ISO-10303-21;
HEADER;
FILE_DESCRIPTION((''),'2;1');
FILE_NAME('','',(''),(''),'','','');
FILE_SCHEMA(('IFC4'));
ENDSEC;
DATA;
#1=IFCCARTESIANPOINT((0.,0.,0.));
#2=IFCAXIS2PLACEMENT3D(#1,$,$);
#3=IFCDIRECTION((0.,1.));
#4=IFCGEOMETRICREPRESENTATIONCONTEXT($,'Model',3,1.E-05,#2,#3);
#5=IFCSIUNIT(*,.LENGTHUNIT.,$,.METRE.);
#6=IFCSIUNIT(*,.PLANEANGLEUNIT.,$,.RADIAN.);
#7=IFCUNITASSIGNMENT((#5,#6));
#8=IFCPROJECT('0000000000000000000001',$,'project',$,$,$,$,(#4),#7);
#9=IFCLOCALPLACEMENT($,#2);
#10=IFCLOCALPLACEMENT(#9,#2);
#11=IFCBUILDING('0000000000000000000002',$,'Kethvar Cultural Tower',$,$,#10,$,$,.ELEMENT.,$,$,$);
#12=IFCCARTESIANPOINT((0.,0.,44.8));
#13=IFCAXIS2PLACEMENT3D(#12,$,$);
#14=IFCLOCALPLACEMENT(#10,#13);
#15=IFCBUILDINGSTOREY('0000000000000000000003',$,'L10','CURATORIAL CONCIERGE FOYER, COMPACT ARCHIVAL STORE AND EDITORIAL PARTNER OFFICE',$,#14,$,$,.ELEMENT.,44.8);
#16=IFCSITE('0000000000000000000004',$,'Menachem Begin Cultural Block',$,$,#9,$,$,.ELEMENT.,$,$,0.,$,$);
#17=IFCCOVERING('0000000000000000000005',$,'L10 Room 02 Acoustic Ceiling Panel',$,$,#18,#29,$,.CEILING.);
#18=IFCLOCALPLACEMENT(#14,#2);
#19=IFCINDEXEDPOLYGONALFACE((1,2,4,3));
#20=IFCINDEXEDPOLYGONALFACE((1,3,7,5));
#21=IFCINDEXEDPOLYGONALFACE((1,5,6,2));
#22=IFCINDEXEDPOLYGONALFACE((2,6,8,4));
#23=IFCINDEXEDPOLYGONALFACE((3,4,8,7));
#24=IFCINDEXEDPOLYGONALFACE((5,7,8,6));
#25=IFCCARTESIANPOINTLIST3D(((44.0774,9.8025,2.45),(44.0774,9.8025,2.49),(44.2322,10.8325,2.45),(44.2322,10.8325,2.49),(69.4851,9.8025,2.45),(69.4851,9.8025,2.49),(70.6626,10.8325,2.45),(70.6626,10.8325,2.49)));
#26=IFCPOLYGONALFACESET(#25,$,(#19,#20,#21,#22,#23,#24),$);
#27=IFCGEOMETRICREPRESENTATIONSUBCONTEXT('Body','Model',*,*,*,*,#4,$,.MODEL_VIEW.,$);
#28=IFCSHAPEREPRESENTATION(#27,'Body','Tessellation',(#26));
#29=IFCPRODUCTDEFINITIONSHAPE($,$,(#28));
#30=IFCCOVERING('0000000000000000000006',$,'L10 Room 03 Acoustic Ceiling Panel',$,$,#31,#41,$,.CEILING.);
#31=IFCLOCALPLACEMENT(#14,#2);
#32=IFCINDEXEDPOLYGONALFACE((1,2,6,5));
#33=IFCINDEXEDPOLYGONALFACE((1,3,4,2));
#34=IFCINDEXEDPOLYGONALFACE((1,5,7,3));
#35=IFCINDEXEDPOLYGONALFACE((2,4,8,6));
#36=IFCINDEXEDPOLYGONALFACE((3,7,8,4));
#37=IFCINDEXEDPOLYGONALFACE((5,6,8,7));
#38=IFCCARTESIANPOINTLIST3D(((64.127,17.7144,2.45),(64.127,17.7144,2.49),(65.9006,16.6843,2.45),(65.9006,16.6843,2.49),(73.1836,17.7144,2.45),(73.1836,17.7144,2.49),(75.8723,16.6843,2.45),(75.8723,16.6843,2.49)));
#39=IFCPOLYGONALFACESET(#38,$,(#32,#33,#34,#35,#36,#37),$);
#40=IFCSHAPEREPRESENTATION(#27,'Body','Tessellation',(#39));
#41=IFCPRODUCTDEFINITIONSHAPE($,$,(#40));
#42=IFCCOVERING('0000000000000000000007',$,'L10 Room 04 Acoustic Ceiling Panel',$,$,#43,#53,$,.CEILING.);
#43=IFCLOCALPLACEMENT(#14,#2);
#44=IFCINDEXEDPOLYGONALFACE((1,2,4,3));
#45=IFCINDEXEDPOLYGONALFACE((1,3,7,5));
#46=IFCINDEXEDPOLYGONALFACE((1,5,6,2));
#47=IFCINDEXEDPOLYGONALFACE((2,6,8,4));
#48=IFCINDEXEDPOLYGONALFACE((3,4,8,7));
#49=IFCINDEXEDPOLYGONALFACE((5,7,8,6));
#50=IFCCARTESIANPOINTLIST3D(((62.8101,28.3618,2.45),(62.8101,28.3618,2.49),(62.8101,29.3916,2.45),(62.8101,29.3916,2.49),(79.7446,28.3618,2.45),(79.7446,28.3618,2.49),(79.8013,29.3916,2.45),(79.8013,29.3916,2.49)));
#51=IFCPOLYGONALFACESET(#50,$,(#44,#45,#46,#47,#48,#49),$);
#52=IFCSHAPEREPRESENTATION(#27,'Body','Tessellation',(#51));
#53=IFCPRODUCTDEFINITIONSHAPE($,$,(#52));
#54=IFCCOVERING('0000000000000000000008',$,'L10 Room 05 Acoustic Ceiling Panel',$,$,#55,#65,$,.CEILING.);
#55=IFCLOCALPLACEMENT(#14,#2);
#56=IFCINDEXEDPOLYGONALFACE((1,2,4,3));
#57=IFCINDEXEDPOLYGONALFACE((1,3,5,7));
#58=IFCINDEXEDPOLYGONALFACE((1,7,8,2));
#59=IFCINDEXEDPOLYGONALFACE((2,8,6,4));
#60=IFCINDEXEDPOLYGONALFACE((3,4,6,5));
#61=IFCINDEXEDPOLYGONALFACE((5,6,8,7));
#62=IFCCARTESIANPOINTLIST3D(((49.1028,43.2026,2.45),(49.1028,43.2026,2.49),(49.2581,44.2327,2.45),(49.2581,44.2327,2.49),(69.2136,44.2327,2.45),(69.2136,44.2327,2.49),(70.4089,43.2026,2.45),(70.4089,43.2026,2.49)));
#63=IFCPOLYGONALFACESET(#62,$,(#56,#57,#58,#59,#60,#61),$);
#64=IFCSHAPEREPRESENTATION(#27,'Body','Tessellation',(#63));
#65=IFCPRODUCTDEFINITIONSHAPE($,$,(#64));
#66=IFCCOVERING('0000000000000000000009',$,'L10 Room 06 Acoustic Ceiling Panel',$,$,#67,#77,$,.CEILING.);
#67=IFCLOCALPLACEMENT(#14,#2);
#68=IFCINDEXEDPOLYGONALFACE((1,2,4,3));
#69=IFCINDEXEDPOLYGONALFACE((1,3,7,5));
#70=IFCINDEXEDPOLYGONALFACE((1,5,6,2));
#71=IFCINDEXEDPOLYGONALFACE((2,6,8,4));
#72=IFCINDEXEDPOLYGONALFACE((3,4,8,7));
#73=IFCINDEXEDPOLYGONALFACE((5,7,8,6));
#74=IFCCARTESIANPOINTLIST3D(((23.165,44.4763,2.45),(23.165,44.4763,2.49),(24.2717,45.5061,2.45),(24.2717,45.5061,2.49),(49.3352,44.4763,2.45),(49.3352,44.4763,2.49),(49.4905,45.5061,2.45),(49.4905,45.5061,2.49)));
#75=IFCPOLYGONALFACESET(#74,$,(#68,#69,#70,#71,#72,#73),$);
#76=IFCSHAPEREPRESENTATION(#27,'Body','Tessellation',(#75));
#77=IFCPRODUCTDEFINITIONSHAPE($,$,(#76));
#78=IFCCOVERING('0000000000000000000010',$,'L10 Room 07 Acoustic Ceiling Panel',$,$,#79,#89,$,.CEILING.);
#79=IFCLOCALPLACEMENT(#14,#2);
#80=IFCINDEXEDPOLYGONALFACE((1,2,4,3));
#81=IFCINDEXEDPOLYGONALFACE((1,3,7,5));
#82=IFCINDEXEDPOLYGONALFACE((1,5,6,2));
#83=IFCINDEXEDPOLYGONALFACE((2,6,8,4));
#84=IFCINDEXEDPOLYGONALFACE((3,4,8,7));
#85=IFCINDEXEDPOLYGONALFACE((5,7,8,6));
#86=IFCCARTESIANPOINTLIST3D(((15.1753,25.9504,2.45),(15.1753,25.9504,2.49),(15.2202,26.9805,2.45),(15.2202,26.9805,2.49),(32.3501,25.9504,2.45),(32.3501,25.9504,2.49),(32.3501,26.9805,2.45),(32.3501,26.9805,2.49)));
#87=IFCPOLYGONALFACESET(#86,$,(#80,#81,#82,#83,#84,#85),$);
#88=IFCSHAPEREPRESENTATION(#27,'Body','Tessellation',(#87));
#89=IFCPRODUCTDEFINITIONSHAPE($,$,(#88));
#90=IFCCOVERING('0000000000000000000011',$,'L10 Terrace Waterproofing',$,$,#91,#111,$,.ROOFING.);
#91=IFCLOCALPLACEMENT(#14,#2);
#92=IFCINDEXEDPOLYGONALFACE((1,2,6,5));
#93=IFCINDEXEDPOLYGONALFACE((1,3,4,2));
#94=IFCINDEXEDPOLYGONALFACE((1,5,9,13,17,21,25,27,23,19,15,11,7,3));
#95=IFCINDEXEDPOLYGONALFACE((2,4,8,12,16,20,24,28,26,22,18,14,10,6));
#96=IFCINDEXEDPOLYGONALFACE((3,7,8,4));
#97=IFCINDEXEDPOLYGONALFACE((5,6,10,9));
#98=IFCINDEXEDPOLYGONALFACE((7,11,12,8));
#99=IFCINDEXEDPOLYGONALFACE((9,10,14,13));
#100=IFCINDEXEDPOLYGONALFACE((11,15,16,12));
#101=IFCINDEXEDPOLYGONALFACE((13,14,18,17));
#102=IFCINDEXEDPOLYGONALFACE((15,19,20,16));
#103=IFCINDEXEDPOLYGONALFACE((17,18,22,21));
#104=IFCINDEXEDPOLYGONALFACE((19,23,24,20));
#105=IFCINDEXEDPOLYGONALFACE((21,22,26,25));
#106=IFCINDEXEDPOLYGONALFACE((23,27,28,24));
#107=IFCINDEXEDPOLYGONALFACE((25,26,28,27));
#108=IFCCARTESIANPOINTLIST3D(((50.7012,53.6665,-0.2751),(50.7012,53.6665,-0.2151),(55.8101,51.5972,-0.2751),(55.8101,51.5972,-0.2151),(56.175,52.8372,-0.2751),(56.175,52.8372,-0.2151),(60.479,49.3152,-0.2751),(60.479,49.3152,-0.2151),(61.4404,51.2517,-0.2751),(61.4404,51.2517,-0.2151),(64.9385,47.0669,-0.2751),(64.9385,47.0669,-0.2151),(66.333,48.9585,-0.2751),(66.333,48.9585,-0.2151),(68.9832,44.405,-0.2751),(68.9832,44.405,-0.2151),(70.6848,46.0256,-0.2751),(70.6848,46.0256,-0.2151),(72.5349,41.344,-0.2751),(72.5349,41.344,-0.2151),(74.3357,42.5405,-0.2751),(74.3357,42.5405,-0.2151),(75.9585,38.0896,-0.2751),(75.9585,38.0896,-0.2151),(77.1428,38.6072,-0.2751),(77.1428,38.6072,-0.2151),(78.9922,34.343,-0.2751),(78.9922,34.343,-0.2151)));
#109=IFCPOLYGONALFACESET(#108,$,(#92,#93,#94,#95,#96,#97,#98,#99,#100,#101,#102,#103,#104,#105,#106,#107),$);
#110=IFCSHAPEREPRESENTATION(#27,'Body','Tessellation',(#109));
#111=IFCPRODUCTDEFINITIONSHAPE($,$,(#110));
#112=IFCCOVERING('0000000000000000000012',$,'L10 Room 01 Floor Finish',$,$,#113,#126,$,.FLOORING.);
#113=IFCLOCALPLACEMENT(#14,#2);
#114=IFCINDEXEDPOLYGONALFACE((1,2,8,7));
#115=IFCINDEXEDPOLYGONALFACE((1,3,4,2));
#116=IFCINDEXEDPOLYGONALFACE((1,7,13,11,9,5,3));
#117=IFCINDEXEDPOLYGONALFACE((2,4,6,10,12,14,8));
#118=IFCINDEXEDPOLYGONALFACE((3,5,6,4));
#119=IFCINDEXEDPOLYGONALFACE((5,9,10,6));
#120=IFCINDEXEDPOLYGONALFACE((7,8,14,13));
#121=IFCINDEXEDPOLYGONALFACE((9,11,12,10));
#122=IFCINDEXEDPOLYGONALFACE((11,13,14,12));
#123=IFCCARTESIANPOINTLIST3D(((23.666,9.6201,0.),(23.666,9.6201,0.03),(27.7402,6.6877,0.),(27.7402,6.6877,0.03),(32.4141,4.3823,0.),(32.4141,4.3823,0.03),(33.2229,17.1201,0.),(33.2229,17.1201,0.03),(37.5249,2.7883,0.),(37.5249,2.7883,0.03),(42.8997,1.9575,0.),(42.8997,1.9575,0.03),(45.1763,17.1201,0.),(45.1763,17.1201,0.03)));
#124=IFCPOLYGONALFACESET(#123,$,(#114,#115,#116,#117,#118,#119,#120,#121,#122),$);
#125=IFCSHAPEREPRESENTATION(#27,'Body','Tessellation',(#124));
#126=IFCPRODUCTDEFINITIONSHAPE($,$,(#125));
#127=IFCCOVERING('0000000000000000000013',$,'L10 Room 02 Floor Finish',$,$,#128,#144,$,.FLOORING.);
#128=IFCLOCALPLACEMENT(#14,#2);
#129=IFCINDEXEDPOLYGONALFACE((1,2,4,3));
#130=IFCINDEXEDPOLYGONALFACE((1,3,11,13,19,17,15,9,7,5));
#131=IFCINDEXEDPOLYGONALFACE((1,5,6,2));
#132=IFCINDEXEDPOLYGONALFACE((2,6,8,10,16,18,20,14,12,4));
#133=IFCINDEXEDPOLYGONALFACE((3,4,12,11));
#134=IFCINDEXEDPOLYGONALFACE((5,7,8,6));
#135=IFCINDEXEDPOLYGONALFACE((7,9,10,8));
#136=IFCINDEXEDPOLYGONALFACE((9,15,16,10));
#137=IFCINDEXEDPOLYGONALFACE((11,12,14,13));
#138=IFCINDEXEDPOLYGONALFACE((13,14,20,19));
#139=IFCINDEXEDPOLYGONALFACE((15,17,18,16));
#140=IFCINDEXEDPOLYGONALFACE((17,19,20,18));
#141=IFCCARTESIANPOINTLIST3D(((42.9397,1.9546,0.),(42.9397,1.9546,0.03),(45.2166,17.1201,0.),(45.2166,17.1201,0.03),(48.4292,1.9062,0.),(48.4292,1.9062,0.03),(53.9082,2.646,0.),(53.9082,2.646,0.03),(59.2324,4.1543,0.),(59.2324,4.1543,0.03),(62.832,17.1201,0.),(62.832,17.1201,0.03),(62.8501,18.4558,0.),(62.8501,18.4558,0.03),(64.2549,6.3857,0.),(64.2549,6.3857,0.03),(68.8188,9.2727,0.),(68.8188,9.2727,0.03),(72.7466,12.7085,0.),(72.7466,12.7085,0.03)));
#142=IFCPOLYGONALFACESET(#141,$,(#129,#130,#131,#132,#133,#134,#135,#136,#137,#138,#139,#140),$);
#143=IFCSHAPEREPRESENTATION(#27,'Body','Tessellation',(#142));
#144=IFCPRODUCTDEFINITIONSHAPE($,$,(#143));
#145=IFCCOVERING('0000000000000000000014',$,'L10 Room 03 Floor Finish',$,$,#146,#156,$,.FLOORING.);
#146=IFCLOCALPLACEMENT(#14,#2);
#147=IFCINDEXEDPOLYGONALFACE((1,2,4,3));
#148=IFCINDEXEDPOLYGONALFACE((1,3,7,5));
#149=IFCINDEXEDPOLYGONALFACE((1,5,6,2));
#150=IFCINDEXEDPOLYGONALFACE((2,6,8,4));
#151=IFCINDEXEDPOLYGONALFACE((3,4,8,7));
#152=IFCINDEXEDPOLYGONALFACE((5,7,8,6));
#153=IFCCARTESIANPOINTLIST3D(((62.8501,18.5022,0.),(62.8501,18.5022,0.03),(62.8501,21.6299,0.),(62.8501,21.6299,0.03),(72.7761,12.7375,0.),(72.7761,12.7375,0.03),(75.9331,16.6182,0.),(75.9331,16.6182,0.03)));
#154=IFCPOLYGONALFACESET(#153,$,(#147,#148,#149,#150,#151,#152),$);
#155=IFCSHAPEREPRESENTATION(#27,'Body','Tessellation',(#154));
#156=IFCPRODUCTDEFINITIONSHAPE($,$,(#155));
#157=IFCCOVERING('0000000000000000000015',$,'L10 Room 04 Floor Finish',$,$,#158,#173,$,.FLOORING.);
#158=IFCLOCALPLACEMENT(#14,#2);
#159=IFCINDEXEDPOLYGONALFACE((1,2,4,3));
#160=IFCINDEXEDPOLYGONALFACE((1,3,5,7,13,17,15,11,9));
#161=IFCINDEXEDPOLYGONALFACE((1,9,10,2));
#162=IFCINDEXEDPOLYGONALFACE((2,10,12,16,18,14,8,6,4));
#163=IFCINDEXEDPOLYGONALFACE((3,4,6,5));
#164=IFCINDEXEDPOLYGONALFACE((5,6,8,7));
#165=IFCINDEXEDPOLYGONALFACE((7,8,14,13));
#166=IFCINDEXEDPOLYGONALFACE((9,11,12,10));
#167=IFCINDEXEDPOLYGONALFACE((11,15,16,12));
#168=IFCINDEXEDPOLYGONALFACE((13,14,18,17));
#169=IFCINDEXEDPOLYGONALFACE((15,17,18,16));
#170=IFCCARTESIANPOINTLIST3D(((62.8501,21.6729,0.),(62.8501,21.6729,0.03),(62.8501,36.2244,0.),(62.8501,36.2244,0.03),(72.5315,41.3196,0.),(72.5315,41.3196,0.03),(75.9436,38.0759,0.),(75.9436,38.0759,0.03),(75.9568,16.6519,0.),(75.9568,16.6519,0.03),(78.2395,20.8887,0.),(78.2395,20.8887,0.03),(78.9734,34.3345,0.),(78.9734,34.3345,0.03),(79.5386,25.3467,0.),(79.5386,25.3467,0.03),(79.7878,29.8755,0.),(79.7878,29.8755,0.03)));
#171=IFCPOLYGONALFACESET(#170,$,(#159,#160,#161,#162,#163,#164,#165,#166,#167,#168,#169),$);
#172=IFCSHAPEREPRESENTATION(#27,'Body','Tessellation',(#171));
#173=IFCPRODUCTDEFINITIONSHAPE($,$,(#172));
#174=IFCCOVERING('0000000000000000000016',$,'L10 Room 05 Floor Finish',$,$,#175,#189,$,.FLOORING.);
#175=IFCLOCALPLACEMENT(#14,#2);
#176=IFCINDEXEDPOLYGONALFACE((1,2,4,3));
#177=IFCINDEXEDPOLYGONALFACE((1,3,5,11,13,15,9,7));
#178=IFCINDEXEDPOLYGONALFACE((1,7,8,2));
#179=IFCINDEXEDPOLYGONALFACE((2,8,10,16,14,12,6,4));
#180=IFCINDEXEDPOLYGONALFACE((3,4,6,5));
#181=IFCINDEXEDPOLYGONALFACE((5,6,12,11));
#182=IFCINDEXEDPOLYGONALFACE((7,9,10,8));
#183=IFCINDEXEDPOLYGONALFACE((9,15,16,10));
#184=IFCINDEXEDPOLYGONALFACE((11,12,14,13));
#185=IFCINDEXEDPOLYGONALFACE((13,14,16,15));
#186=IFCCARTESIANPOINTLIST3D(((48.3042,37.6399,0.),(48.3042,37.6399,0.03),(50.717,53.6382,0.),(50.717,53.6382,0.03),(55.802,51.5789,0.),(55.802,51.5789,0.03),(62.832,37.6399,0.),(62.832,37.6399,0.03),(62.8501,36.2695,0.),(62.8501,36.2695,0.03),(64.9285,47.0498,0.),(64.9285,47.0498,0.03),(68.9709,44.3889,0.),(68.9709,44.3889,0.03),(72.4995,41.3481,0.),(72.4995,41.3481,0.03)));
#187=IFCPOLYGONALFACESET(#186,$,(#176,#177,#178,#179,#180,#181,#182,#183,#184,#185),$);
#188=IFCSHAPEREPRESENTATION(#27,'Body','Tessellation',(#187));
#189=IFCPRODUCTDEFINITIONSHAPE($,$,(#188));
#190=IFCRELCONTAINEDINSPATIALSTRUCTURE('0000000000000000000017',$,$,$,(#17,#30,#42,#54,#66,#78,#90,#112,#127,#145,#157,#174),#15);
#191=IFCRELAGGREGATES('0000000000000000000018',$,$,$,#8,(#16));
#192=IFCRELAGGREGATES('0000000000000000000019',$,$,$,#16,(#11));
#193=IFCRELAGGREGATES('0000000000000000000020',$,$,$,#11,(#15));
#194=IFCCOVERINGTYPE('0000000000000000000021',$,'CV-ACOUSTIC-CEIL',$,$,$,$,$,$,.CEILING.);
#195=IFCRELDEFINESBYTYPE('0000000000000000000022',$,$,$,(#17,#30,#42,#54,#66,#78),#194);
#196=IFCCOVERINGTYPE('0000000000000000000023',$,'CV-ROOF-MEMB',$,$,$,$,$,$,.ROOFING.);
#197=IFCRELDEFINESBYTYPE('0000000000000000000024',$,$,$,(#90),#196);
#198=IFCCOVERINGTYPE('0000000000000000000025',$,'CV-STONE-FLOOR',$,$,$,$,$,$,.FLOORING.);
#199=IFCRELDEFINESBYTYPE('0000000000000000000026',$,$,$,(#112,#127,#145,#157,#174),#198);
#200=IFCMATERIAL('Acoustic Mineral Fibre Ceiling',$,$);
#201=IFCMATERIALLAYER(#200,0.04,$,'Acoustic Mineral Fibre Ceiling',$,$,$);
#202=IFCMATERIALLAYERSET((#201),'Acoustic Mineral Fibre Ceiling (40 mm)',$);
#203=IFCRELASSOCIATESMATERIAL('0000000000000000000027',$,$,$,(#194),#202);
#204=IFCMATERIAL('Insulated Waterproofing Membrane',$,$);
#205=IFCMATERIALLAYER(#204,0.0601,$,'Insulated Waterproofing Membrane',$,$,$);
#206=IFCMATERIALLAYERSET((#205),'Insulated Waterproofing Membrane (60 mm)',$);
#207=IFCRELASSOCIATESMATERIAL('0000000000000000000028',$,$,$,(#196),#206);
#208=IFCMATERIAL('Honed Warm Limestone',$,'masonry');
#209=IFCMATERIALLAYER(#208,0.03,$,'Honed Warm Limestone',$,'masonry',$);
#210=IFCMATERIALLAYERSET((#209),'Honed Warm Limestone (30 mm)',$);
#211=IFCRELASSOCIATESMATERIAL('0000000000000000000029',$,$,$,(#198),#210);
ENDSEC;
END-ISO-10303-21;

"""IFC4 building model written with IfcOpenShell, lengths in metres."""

from ifc_helpers import new_model, si_unit, direction, frame, origin, place, context, subcontext, project, spatial, polyline, outline, extrude, material, layer, layer_set, type_object, element, save


model = new_model("IFC4")

# Units and contexts
model_context = context("Model", 3, precision=1e-05, world=origin(), true_north=direction((0.0, 1.0)))
body_context = subcontext(model_context, "Body", "Model", "MODEL_VIEW")
ifc_project = project(units=[si_unit("LENGTHUNIT", "METRE"), si_unit("PLANEANGLEUNIT", "RADIAN")], contexts=[model_context])

# Site, building, storey
site_placement = place(None, origin())
site = spatial("IfcSite", under=ifc_project, at=site_placement, Name="Menachem Begin Cultural Block", CompositionType="ELEMENT", RefElevation=0.0)
building_placement = place(site_placement, origin())
building = spatial("IfcBuilding", under=site, at=building_placement, Name="Kethvar Cultural Tower", CompositionType="ELEMENT")
storey_placement = place(building_placement, frame((0.0, 0.0, 44.8)))
storey = spatial("IfcBuildingStorey", under=building, at=storey_placement, Name="L10", Description="CURATORIAL CONCIERGE FOYER, COMPACT ARCHIVAL STORE AND EDITORIAL PARTNER OFFICE", CompositionType="ELEMENT", Elevation=44.8)

# Coverings
ifc_material_1 = material(Name="Acoustic Mineral Fibre Ceiling")
ifc_layer_1 = layer(ifc_material_1, 0.04, Name="Acoustic Mineral Fibre Ceiling")
ifc_layer_set_1 = layer_set([ifc_layer_1], Name="Acoustic Mineral Fibre Ceiling (40 mm)")
covering_type_1 = type_object("IfcCoveringType", Name="CV-ACOUSTIC-CEIL", PredefinedType="CEILING", material=ifc_layer_set_1)
covering_1_placement = place(storey_placement, frame((0.0, 0.0, 2.45)))
element("IfcCovering", 1, at=covering_1_placement, inside=storey, type_object=covering_type_1, Name="L10 Room 02 Acoustic Ceiling Panel", PredefinedType="CEILING", context=body_context, shape_type="SweptSolid", body=[
    extrude(outline(polyline([(44.2322, 10.8325), (70.6626, 10.8325), (69.4851, 9.8025), (44.0774, 9.8025), (44.2322, 10.8325)])), origin(), (0.0, 0.0, 1.0), 0.04),
])
covering_2_placement = place(storey_placement, frame((0.0, 0.0, 2.45)))
element("IfcCovering", 2, at=covering_2_placement, inside=storey, type_object=covering_type_1, Name="L10 Room 03 Acoustic Ceiling Panel", PredefinedType="CEILING", context=body_context, shape_type="SweptSolid", body=[
    extrude(outline(polyline([(64.127, 17.7144), (73.1836, 17.7144), (75.8723, 16.6843), (65.9006, 16.6843), (64.127, 17.7144)])), origin(), (0.0, 0.0, 1.0), 0.04),
])
covering_3_placement = place(storey_placement, frame((0.0, 0.0, 2.45)))
element("IfcCovering", 3, at=covering_3_placement, inside=storey, type_object=covering_type_1, Name="L10 Room 04 Acoustic Ceiling Panel", PredefinedType="CEILING", context=body_context, shape_type="SweptSolid", body=[
    extrude(outline(polyline([(62.8101, 29.3916), (79.8013, 29.3916), (79.7446, 28.3618), (62.8101, 28.3618), (62.8101, 29.3916)])), origin(), (0.0, 0.0, 1.0), 0.04),
])
covering_4_placement = place(storey_placement, frame((0.0, 0.0, 2.45)))
element("IfcCovering", 4, at=covering_4_placement, inside=storey, type_object=covering_type_1, Name="L10 Room 05 Acoustic Ceiling Panel", PredefinedType="CEILING", context=body_context, shape_type="SweptSolid", body=[
    extrude(outline(polyline([(70.4089, 43.2026), (49.1028, 43.2026), (49.2581, 44.2327), (69.2136, 44.2327), (70.4089, 43.2026)])), origin(), (0.0, 0.0, 1.0), 0.04),
])
covering_5_placement = place(storey_placement, frame((0.0, 0.0, 2.45)))
element("IfcCovering", 5, at=covering_5_placement, inside=storey, type_object=covering_type_1, Name="L10 Room 06 Acoustic Ceiling Panel", PredefinedType="CEILING", context=body_context, shape_type="SweptSolid", body=[
    extrude(outline(polyline([(49.3352, 44.4763), (23.165, 44.4763), (24.2717, 45.5061), (49.4905, 45.5061), (49.3352, 44.4763)])), origin(), (0.0, 0.0, 1.0), 0.04),
])
covering_6_placement = place(storey_placement, frame((0.0, 0.0, 2.45)))
element("IfcCovering", 6, at=covering_6_placement, inside=storey, type_object=covering_type_1, Name="L10 Room 07 Acoustic Ceiling Panel", PredefinedType="CEILING", context=body_context, shape_type="SweptSolid", body=[
    extrude(outline(polyline([(15.2202, 26.9805), (32.3501, 26.9805), (32.3501, 25.9504), (15.1753, 25.9504), (15.2202, 26.9805)])), origin(), (0.0, 0.0, 1.0), 0.04),
])
ifc_material_2 = material(Name="Insulated Waterproofing Membrane")
ifc_layer_2 = layer(ifc_material_2, 0.0601, Name="Insulated Waterproofing Membrane")
ifc_layer_set_2 = layer_set([ifc_layer_2], Name="Insulated Waterproofing Membrane (60 mm)")
covering_type_2 = type_object("IfcCoveringType", Name="CV-ROOF-MEMB", PredefinedType="ROOFING", material=ifc_layer_set_2)
covering_7_placement = place(storey_placement, frame((0.0, 0.0, -0.2751)))
element("IfcCovering", 7, at=covering_7_placement, inside=storey, type_object=covering_type_2, Name="L10 Terrace Waterproofing", PredefinedType="ROOFING", context=body_context, shape_type="SweptSolid", body=[
    extrude(outline(polyline([(78.9922, 34.343), (77.1428, 38.6072), (74.3357, 42.5405), (70.6848, 46.0256), (66.333, 48.9585), (61.4404, 51.2517), (56.175, 52.8372), (50.7012, 53.6665), (55.8101, 51.5972), (60.479, 49.3152), (64.9385, 47.0669), (68.9832, 44.405), (72.5349, 41.344), (75.9585, 38.0896), (78.9922, 34.343)])), origin(), (0.0, 0.0, 1.0), 0.0601),
])
ifc_material_3 = material(Name="Honed Warm Limestone", Category="masonry")
ifc_layer_3 = layer(ifc_material_3, 0.03, Name="Honed Warm Limestone", Category="masonry")
ifc_layer_set_3 = layer_set([ifc_layer_3], Name="Honed Warm Limestone (30 mm)")
covering_type_3 = type_object("IfcCoveringType", Name="CV-STONE-FLOOR", PredefinedType="FLOORING", material=ifc_layer_set_3)
covering_8_placement = place(storey_placement, origin())
element("IfcCovering", 8, at=covering_8_placement, inside=storey, type_object=covering_type_3, Name="L10 Room 01 Floor Finish", PredefinedType="FLOORING", context=body_context, shape_type="SweptSolid", body=[
    extrude(outline(polyline([(37.5249, 2.7883), (32.4141, 4.3823), (27.7402, 6.6877), (23.666, 9.6201), (33.2229, 17.1201), (45.1763, 17.1201), (42.8997, 1.9575), (37.5249, 2.7883)])), origin(), (0.0, 0.0, 1.0), 0.03),
])
covering_9_placement = place(storey_placement, origin())
element("IfcCovering", 9, at=covering_9_placement, inside=storey, type_object=covering_type_3, Name="L10 Room 02 Floor Finish", PredefinedType="FLOORING", context=body_context, shape_type="SweptSolid", body=[
    extrude(outline(polyline([(68.8188, 9.2727), (64.2549, 6.3857), (59.2324, 4.1543), (53.9082, 2.646), (48.4292, 1.9062), (42.9397, 1.9546), (45.2166, 17.1201), (62.832, 17.1201), (62.8501, 18.4558), (72.7466, 12.7085), (68.8188, 9.2727)])), origin(), (0.0, 0.0, 1.0), 0.03),
])
covering_10_placement = place(storey_placement, origin())
element("IfcCovering", 10, at=covering_10_placement, inside=storey, type_object=covering_type_3, Name="L10 Room 03 Floor Finish", PredefinedType="FLOORING", context=body_context, shape_type="SweptSolid", body=[
    extrude(outline(polyline([(72.7761, 12.7375), (62.8501, 18.5022), (62.8501, 21.6299), (75.9331, 16.6182), (72.7761, 12.7375)])), origin(), (0.0, 0.0, 1.0), 0.03),
])
covering_11_placement = place(storey_placement, origin())
element("IfcCovering", 11, at=covering_11_placement, inside=storey, type_object=covering_type_3, Name="L10 Room 04 Floor Finish", PredefinedType="FLOORING", context=body_context, shape_type="SweptSolid", body=[
    extrude(outline(polyline([(78.2395, 20.8887), (75.9568, 16.6519), (62.8501, 21.6729), (62.8501, 36.2244), (72.5315, 41.3196), (75.9436, 38.0759), (78.9734, 34.3345), (79.7878, 29.8755), (79.5386, 25.3467), (78.2395, 20.8887)])), origin(), (0.0, 0.0, 1.0), 0.03),
])
covering_12_placement = place(storey_placement, origin())
element("IfcCovering", 12, at=covering_12_placement, inside=storey, type_object=covering_type_3, Name="L10 Room 05 Floor Finish", PredefinedType="FLOORING", context=body_context, shape_type="SweptSolid", body=[
    extrude(outline(polyline([(55.802, 51.5789), (64.9285, 47.0498), (68.9709, 44.3889), (72.4995, 41.3481), (62.8501, 36.2695), (62.832, 37.6399), (48.3042, 37.6399), (50.717, 53.6382), (55.802, 51.5789)])), origin(), (0.0, 0.0, 1.0), 0.03),
])

save(model, "model.ifc")
